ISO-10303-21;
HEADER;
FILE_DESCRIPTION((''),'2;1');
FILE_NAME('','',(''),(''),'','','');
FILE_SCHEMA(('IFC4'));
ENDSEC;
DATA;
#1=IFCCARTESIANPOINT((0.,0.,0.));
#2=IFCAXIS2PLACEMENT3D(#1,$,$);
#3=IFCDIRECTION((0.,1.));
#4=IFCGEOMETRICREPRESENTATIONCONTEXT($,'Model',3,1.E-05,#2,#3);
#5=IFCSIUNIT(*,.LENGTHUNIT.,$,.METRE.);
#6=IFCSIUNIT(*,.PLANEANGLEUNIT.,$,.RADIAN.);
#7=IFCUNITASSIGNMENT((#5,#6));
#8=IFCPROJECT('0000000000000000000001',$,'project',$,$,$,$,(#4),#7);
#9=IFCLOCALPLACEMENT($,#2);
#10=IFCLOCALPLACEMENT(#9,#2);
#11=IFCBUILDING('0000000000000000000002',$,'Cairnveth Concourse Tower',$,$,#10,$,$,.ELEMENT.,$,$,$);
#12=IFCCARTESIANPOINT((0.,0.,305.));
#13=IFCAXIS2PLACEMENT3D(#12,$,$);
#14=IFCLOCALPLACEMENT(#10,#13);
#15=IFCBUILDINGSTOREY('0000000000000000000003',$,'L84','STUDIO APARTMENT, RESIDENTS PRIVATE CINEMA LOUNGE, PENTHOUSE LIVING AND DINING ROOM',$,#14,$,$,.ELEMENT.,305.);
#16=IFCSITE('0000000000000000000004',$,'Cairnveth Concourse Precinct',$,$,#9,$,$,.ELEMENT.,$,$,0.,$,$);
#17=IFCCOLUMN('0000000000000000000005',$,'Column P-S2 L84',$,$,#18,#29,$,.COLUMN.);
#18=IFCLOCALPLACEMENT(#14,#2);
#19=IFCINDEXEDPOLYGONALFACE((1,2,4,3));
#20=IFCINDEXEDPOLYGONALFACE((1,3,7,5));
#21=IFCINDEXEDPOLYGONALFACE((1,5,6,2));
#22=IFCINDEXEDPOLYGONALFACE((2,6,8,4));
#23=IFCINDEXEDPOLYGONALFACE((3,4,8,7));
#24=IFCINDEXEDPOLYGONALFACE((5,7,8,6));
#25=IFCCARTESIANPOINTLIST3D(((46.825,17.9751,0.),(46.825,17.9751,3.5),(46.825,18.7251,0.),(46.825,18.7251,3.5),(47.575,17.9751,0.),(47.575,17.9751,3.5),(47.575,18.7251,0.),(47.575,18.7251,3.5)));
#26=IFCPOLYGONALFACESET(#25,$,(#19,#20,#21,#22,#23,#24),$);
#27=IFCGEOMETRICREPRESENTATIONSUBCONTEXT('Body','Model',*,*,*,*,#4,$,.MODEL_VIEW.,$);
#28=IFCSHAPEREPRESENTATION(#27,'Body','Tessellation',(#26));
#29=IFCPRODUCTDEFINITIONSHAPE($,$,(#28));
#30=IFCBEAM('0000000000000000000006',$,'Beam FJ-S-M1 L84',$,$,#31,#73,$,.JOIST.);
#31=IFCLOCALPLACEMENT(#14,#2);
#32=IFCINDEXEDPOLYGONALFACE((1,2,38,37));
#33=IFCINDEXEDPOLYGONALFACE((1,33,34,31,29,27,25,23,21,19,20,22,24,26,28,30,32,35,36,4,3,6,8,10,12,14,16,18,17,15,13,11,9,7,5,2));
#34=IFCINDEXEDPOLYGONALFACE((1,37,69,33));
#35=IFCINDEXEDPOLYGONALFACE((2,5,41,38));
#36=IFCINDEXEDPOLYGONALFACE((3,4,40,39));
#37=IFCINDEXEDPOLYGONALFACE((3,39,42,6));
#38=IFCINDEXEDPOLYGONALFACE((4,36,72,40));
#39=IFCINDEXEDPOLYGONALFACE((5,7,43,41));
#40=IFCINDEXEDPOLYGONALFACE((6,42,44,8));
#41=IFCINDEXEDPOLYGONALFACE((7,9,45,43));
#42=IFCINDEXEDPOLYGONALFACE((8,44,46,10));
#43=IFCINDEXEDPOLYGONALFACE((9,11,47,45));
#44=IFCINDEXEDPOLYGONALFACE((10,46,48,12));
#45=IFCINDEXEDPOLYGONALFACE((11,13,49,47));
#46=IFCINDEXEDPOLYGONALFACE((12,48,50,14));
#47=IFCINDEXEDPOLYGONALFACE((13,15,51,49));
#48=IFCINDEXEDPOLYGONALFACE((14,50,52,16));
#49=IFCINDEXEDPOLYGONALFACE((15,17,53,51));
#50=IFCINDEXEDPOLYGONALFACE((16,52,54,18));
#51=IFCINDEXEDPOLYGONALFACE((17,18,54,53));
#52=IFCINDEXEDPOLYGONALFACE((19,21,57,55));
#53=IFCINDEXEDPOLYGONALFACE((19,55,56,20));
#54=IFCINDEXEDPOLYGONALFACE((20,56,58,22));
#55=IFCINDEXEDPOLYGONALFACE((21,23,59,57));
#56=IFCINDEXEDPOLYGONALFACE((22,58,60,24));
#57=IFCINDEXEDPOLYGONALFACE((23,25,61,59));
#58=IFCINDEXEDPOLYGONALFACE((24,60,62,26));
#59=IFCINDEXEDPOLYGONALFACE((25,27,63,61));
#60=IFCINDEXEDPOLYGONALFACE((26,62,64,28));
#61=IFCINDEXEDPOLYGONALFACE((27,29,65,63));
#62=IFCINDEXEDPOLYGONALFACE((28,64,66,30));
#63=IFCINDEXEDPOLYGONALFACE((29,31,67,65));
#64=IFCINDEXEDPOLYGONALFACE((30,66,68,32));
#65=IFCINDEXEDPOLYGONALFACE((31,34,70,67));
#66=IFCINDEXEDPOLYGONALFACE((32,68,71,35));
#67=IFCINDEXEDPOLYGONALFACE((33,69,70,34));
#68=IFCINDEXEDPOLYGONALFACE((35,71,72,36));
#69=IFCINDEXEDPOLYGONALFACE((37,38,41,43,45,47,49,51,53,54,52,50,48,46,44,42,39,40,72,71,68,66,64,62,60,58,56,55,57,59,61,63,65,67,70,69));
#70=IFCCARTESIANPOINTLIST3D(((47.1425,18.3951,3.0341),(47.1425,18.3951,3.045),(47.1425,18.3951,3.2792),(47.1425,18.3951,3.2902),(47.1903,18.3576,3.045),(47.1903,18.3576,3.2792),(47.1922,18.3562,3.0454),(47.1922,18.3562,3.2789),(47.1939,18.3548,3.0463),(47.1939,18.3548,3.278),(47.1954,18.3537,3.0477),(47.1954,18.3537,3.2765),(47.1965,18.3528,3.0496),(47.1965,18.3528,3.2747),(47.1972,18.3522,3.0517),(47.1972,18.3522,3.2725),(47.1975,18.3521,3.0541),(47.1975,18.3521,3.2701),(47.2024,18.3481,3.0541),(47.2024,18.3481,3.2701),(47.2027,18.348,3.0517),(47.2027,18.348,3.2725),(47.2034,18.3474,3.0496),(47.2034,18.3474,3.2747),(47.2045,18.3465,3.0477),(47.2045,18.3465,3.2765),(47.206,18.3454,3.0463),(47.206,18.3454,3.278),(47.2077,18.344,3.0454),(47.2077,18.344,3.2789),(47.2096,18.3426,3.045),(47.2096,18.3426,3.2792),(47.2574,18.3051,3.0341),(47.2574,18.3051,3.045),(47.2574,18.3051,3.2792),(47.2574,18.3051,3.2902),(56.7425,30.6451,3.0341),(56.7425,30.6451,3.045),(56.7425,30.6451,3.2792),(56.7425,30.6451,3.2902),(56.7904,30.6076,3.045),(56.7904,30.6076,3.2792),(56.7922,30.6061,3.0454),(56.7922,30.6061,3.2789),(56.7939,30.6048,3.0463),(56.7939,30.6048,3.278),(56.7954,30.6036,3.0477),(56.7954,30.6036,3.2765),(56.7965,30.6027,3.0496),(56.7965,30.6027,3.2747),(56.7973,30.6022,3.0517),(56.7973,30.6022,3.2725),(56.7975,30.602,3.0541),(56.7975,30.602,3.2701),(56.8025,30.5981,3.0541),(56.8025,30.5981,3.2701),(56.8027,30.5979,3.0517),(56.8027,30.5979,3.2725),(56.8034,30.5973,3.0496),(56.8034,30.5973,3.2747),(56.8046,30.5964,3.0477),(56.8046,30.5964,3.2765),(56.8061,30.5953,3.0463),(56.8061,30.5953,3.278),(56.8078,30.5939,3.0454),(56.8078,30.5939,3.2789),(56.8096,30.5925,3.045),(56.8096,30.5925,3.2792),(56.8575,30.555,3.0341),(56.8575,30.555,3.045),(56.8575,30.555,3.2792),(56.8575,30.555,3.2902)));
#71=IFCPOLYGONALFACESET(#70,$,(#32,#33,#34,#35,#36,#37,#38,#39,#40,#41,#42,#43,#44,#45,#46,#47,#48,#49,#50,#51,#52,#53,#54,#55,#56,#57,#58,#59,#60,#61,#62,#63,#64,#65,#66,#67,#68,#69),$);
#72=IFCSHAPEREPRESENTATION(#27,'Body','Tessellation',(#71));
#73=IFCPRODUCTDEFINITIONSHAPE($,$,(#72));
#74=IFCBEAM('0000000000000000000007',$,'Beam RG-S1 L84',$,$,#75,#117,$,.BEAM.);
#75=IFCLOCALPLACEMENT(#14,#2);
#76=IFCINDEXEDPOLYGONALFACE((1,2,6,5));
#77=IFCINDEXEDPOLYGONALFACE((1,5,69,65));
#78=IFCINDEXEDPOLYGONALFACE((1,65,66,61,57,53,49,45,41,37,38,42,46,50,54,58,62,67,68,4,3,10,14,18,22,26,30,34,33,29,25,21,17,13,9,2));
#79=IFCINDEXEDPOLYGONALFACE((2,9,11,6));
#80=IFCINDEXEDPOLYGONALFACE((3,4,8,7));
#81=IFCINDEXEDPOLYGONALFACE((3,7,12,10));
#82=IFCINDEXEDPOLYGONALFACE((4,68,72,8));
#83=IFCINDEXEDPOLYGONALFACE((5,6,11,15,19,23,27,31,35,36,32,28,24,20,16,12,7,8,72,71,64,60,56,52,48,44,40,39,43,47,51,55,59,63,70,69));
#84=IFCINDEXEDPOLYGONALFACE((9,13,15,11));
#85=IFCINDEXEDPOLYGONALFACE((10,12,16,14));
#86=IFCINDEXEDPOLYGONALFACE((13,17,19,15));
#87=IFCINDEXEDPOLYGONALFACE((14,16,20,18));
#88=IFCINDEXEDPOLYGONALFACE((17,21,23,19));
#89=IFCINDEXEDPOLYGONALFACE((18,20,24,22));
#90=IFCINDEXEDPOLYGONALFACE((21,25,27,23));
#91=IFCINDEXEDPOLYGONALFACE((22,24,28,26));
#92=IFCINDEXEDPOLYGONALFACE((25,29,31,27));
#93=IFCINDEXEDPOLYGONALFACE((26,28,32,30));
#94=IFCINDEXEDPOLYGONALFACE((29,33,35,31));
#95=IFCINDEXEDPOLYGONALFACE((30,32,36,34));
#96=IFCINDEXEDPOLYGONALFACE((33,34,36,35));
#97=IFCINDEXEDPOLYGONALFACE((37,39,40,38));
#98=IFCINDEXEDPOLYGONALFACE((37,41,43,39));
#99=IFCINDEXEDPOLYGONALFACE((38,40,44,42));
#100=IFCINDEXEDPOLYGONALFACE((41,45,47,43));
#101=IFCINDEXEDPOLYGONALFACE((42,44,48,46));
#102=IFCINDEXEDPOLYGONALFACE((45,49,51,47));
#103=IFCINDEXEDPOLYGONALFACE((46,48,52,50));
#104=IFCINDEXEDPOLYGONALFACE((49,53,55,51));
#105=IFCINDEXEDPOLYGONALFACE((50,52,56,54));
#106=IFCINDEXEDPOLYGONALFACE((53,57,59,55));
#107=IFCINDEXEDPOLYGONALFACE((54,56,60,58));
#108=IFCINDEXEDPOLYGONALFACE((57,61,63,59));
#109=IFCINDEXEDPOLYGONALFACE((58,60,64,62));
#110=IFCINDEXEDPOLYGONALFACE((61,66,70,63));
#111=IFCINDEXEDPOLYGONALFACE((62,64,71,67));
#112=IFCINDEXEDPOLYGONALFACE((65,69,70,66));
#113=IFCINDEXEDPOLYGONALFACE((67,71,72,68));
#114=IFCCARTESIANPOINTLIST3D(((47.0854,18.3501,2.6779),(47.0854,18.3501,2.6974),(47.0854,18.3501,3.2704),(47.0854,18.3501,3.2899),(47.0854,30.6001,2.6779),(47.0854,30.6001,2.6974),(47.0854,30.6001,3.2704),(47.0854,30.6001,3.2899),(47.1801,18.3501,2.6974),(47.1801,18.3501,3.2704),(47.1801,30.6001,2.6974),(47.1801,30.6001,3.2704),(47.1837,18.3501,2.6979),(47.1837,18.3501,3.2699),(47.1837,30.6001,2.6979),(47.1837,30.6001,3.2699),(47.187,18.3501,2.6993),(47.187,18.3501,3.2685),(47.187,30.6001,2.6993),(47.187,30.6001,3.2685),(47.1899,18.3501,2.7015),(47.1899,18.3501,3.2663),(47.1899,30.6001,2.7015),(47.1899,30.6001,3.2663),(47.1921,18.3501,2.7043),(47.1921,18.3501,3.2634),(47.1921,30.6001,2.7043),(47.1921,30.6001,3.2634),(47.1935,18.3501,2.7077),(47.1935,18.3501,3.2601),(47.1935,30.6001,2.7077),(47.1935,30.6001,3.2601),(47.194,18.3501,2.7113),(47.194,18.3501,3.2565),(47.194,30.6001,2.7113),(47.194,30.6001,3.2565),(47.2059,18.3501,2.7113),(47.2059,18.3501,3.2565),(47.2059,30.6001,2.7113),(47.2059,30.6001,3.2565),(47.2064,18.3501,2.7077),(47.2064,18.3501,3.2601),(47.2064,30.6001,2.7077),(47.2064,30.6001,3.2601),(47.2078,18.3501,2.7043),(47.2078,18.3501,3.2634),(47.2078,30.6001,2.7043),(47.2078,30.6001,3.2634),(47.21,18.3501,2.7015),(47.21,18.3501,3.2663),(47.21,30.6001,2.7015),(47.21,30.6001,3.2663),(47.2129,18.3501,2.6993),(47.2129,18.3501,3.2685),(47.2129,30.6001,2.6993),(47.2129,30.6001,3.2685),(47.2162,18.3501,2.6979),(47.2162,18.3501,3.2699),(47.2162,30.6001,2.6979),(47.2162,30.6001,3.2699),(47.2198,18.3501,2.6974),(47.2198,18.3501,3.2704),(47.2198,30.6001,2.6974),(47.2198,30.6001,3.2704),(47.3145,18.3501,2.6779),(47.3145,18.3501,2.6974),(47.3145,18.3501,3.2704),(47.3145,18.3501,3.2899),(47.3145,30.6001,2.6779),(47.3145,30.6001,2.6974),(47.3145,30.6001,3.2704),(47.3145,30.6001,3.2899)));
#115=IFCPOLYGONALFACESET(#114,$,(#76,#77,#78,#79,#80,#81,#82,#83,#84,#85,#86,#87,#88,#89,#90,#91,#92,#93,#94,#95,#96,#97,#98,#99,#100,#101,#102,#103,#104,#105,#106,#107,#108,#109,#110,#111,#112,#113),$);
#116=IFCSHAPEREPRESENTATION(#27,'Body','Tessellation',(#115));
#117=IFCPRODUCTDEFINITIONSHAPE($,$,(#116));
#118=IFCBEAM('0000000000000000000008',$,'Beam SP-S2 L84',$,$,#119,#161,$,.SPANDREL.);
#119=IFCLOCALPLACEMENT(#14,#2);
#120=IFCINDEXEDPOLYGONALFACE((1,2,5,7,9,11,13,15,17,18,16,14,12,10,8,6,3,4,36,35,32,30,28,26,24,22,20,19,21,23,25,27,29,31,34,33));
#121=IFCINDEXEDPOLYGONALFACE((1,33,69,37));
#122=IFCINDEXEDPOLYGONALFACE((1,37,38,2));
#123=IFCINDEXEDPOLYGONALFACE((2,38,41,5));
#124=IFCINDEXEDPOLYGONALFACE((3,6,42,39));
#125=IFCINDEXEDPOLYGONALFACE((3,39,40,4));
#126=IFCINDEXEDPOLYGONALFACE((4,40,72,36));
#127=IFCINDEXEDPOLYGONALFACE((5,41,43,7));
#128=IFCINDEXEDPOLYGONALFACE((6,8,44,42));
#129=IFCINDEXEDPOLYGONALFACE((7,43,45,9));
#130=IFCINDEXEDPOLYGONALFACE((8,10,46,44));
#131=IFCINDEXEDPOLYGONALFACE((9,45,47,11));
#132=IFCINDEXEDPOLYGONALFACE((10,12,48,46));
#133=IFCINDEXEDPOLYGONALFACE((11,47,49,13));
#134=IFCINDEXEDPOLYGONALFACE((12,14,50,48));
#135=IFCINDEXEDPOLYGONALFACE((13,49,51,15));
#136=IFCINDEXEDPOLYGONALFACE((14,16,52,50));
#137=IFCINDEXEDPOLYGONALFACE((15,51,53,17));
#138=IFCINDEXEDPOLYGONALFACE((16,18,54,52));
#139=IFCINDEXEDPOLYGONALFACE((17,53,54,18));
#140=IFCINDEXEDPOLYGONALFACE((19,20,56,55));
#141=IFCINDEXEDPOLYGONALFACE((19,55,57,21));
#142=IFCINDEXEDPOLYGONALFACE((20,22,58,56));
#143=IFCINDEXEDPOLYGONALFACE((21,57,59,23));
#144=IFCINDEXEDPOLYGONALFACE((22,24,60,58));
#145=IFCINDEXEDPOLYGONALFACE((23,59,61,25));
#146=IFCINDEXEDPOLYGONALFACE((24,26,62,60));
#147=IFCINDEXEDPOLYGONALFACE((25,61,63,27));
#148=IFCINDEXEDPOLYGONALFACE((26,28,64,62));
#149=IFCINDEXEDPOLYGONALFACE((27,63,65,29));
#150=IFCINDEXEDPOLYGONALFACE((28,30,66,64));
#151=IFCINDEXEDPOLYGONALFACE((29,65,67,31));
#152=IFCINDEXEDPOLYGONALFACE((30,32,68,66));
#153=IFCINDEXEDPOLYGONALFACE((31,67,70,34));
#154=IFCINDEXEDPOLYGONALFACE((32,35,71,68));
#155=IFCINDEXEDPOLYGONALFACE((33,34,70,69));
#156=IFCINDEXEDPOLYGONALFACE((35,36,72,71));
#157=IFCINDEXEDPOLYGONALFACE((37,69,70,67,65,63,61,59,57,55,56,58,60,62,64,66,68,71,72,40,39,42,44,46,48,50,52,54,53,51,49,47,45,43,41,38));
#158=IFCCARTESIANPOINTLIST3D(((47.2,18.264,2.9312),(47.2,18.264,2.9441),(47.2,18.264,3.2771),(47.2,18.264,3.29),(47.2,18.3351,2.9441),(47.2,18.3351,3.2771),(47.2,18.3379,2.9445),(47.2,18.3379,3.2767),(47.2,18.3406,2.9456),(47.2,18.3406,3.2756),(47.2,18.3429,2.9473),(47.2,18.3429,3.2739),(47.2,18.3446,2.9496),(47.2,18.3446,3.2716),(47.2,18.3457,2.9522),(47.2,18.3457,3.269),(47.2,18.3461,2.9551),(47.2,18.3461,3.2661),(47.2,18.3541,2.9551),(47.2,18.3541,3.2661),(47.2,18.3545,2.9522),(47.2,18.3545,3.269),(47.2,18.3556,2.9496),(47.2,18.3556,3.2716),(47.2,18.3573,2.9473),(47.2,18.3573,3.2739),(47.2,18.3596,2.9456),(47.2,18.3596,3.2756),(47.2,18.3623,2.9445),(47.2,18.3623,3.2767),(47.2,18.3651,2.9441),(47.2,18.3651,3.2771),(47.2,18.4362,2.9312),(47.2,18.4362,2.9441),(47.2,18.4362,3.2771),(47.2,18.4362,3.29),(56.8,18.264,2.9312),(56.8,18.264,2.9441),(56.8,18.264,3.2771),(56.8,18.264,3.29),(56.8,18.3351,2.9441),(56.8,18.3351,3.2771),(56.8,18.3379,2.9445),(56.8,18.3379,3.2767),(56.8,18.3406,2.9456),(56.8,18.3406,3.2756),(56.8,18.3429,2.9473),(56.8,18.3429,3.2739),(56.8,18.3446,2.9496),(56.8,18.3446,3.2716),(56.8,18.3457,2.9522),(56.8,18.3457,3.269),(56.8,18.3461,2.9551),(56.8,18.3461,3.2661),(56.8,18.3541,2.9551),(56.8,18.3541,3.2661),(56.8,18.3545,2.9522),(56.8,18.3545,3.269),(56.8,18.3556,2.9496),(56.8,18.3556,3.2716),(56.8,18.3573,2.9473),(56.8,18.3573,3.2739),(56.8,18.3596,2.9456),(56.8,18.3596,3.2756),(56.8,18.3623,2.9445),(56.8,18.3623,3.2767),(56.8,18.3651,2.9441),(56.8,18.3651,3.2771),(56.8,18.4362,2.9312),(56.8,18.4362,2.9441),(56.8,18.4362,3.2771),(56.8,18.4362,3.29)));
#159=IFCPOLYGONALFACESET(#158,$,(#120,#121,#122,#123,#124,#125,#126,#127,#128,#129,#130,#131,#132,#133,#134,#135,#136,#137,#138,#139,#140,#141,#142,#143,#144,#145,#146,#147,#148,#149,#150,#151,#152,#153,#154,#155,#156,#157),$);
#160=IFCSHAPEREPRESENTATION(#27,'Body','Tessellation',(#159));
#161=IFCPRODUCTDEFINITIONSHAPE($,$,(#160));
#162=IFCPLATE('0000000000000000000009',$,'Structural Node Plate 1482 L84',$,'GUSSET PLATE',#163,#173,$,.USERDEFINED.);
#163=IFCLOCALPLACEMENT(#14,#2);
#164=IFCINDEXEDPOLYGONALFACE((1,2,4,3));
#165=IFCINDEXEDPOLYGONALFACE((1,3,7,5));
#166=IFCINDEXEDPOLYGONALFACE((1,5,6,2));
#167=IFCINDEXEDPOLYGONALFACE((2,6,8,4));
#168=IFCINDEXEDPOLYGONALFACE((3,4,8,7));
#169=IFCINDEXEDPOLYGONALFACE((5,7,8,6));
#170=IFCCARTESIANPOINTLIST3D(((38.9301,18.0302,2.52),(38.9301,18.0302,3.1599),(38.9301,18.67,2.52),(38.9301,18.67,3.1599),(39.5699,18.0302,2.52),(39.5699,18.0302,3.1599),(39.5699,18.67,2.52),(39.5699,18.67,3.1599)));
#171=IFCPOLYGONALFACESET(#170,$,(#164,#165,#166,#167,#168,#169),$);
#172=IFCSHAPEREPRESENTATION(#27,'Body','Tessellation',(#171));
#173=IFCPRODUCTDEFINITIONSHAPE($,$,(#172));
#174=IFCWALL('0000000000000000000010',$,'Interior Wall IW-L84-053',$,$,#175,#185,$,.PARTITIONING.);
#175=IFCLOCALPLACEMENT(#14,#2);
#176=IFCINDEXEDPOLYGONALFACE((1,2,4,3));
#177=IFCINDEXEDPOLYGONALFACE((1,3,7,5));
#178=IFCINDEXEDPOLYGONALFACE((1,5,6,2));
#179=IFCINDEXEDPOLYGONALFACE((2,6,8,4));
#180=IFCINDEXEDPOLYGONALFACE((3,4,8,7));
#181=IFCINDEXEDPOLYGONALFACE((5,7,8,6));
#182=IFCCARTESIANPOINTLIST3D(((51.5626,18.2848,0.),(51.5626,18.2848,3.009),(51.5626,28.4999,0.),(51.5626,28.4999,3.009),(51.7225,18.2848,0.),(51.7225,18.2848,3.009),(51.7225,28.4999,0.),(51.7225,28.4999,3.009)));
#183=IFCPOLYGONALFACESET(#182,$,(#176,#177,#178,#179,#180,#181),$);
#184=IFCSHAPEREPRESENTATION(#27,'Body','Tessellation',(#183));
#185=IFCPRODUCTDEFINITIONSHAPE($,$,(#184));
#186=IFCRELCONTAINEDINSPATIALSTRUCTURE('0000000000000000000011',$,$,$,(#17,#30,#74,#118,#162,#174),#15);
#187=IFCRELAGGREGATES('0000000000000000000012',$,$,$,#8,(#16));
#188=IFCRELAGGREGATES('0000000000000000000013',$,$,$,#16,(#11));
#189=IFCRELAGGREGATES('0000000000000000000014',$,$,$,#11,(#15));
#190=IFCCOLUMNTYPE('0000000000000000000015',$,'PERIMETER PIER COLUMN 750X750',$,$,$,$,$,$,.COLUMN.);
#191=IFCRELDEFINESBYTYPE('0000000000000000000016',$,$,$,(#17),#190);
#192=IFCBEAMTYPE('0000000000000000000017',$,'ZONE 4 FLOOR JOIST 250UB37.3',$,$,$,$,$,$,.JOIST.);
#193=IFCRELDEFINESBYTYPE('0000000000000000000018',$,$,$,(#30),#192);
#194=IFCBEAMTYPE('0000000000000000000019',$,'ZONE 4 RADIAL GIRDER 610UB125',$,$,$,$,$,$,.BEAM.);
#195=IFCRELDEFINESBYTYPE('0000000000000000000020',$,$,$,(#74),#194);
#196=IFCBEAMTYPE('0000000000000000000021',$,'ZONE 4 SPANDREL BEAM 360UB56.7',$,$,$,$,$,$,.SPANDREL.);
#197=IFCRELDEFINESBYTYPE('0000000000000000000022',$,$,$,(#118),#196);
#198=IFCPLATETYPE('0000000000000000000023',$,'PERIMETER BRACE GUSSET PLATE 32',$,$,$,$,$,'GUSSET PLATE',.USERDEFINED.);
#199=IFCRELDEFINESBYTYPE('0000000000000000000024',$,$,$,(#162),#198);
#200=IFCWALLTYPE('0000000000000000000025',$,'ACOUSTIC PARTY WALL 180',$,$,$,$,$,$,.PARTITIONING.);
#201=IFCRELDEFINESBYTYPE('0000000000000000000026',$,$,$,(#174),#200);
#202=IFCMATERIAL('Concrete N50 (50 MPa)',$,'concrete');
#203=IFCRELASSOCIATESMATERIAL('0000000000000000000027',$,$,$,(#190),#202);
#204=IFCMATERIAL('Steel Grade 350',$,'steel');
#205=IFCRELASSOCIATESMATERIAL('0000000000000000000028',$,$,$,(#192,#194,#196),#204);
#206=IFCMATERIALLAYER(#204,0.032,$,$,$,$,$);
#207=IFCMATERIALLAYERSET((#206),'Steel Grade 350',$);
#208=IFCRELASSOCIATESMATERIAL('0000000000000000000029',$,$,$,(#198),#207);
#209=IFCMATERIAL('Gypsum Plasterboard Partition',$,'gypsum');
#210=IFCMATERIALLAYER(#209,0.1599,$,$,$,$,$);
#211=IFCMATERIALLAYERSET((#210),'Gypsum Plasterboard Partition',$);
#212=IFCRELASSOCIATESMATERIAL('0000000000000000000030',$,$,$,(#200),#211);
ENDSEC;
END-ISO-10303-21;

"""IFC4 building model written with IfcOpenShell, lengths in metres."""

from ifc_helpers import new_model, si_unit, direction, frame, frame_2d, origin, origin_2d, place, context, subcontext, project, spatial, rectangle, i_section, extrude, material, layer, layer_set, material_profile, profile_set, type_object, element, save


model = new_model("IFC4")

# Units and contexts
model_context = context("Model", 3, precision=1e-05, world=origin(), true_north=direction((0.0, 1.0)))
body_context = subcontext(model_context, "Body", "Model", "MODEL_VIEW")
ifc_project = project(units=[si_unit("LENGTHUNIT", "METRE"), si_unit("PLANEANGLEUNIT", "RADIAN")], contexts=[model_context])

# Site, building, storey
site_placement = place(None, origin())
site = spatial("IfcSite", under=ifc_project, at=site_placement, Name="Cairnveth Concourse Precinct", CompositionType="ELEMENT", RefElevation=0.0)
building_placement = place(site_placement, origin())
building = spatial("IfcBuilding", under=site, at=building_placement, Name="Cairnveth Concourse Tower", CompositionType="ELEMENT")
storey_placement = place(building_placement, frame((0.0, 0.0, 305.0)))
storey = spatial("IfcBuildingStorey", under=building, at=storey_placement, Name="L84", Description="STUDIO APARTMENT, RESIDENTS PRIVATE CINEMA LOUNGE, PENTHOUSE LIVING AND DINING ROOM", CompositionType="ELEMENT", Elevation=305.0)

# Column
ifc_material_1 = material(Name="Concrete N50 (50 MPa)", Category="concrete")
ifc_material_profile_1 = material_profile(ifc_material_1, rectangle(XDim=0.75, YDim=0.75, at=origin_2d()), Name="RC-COL-750x750")
ifc_profile_set_1 = profile_set([ifc_material_profile_1], Name="Concrete N50 (50 MPa)")
column_type = type_object("IfcColumnType", Name="PERIMETER PIER COLUMN 750X750", PredefinedType="COLUMN", material=ifc_profile_set_1)
column_placement = place(storey_placement, frame((47.2, 18.3501, 0.0), z_axis=(0.0, 0.0, 1.0), x_axis=(1.0, 0.0, 0.0)))
element("IfcColumn", 1, at=column_placement, inside=storey, type_object=column_type, Name="Column P-S2 L84", PredefinedType="COLUMN", context=body_context, shape_type="SweptSolid", body=[
    extrude(rectangle(XDim=0.75, YDim=0.75, at=origin_2d()), origin(), (0.0, 0.0, 1.0), 3.5),
])

# Beams
ifc_material_2 = material(Name="Steel Grade 350", Category="steel")
ifc_material_profile_2 = material_profile(ifc_material_2, i_section(OverallWidth=0.146, OverallDepth=0.2561, WebThickness=0.0063, FlangeThickness=0.011, FilletRadius=0.009, at=origin_2d()), Name="250UB37.3")
ifc_profile_set_2 = profile_set([ifc_material_profile_2], Name="Steel Grade 350")
beam_type_1 = type_object("IfcBeamType", Name="ZONE 4 FLOOR JOIST 250UB37.3", PredefinedType="JOIST", material=ifc_profile_set_2)
beam_1_placement = place(storey_placement, frame((47.2, 18.3501, 3.1621), z_axis=(0.616832, 0.787095, 0.0), x_axis=(-0.787095, 0.616832, 0.0)))
element("IfcBeam", 2, at=beam_1_placement, inside=storey, type_object=beam_type_1, Name="Beam FJ-S-M1 L84", PredefinedType="JOIST", context=body_context, shape_type="SweptSolid", body=[
    extrude(i_section(OverallWidth=0.146, OverallDepth=0.2561, WebThickness=0.0063, FlangeThickness=0.011, FilletRadius=0.009, at=origin_2d()), origin(), (0.0, 0.0, 1.0), 15.5635),
])
ifc_material_profile_3 = material_profile(ifc_material_2, i_section(OverallWidth=0.229, OverallDepth=0.6121, WebThickness=0.012, FlangeThickness=0.0195, FilletRadius=0.0139, at=origin_2d()), Name="610UB125")
ifc_profile_set_3 = profile_set([ifc_material_profile_3], Name="Steel Grade 350")
beam_type_2 = type_object("IfcBeamType", Name="ZONE 4 RADIAL GIRDER 610UB125", PredefinedType="BEAM", material=ifc_profile_set_3)
beam_2_placement = place(storey_placement, frame((47.2, 18.3501, 2.9839), z_axis=(0.0, 1.0, 0.0), x_axis=(-1.0, 0.0, 0.0)))
element("IfcBeam", 3, at=beam_2_placement, inside=storey, type_object=beam_type_2, Name="Beam RG-S1 L84", PredefinedType="BEAM", context=body_context, shape_type="SweptSolid", body=[
    extrude(i_section(OverallWidth=0.229, OverallDepth=0.6121, WebThickness=0.012, FlangeThickness=0.0195, FilletRadius=0.0139, at=origin_2d()), origin(), (0.0, 0.0, 1.0), 12.25),
])
ifc_material_profile_4 = material_profile(ifc_material_2, i_section(OverallWidth=0.1721, OverallDepth=0.3589, WebThickness=0.0081, FlangeThickness=0.0129, FilletRadius=0.011, at=origin_2d()), Name="360UB56.7")
ifc_profile_set_4 = profile_set([ifc_material_profile_4], Name="Steel Grade 350")
beam_type_3 = type_object("IfcBeamType", Name="ZONE 4 SPANDREL BEAM 360UB56.7", PredefinedType="SPANDREL", material=ifc_profile_set_4)
beam_3_placement = place(storey_placement, frame((47.2, 18.3501, 3.1106), z_axis=(1.0, 0.0, 0.0), x_axis=(0.0, 1.0, 0.0)))
element("IfcBeam", 4, at=beam_3_placement, inside=storey, type_object=beam_type_3, Name="Beam SP-S2 L84", PredefinedType="SPANDREL", context=body_context, shape_type="SweptSolid", body=[
    extrude(i_section(OverallWidth=0.1721, OverallDepth=0.3589, WebThickness=0.0081, FlangeThickness=0.0129, FilletRadius=0.011, at=origin_2d()), origin(), (0.0, 0.0, 1.0), 9.6001),
])

# Plate
ifc_layer_1 = layer(ifc_material_2, 0.032)
ifc_layer_set_1 = layer_set([ifc_layer_1], Name="Steel Grade 350")
plate_type = type_object("IfcPlateType", Name="PERIMETER BRACE GUSSET PLATE 32", ElementType="GUSSET PLATE", PredefinedType="USERDEFINED", material=ifc_layer_set_1)
plate_placement = place(storey_placement, frame((39.25, 18.3501, 2.52), z_axis=(0.0, 0.0, 1.0), x_axis=(1.0, 0.0, 0.0)))
element("IfcPlate", 5, at=plate_placement, inside=storey, type_object=plate_type, Name="Structural Node Plate 1482 L84", ObjectType="GUSSET PLATE", PredefinedType="USERDEFINED", context=body_context, shape_type="SweptSolid", body=[
    extrude(rectangle(XDim=0.6399, YDim=0.6399, at=origin_2d()), origin(), (0.0, 0.0, 1.0), 0.6399),
])

# Wall
ifc_material_3 = material(Name="Gypsum Plasterboard Partition", Category="gypsum")
ifc_layer_2 = layer(ifc_material_3, 0.1599)
ifc_layer_set_2 = layer_set([ifc_layer_2], Name="Gypsum Plasterboard Partition")
wall_type_1 = type_object("IfcWallType", Name="ACOUSTIC PARTY WALL 180", PredefinedType="PARTITIONING", material=ifc_layer_set_2)
wall_1_placement = place(storey_placement, frame((51.6426, 18.2849, 0.0), z_axis=(0.0, 0.0, 1.0), x_axis=(0.0, 1.0, 0.0)))
element("IfcWall", 6, at=wall_1_placement, inside=storey, type_object=wall_type_1, Name="Interior Wall IW-L84-053", PredefinedType="PARTITIONING", context=body_context, shape_type="SweptSolid", body=[
    extrude(rectangle(XDim=10.2151, YDim=0.1599, at=frame_2d((5.1074, 0.0))), origin(), (0.0, 0.0, 1.0), 3.009),
])

save(model, "model.ifc")
